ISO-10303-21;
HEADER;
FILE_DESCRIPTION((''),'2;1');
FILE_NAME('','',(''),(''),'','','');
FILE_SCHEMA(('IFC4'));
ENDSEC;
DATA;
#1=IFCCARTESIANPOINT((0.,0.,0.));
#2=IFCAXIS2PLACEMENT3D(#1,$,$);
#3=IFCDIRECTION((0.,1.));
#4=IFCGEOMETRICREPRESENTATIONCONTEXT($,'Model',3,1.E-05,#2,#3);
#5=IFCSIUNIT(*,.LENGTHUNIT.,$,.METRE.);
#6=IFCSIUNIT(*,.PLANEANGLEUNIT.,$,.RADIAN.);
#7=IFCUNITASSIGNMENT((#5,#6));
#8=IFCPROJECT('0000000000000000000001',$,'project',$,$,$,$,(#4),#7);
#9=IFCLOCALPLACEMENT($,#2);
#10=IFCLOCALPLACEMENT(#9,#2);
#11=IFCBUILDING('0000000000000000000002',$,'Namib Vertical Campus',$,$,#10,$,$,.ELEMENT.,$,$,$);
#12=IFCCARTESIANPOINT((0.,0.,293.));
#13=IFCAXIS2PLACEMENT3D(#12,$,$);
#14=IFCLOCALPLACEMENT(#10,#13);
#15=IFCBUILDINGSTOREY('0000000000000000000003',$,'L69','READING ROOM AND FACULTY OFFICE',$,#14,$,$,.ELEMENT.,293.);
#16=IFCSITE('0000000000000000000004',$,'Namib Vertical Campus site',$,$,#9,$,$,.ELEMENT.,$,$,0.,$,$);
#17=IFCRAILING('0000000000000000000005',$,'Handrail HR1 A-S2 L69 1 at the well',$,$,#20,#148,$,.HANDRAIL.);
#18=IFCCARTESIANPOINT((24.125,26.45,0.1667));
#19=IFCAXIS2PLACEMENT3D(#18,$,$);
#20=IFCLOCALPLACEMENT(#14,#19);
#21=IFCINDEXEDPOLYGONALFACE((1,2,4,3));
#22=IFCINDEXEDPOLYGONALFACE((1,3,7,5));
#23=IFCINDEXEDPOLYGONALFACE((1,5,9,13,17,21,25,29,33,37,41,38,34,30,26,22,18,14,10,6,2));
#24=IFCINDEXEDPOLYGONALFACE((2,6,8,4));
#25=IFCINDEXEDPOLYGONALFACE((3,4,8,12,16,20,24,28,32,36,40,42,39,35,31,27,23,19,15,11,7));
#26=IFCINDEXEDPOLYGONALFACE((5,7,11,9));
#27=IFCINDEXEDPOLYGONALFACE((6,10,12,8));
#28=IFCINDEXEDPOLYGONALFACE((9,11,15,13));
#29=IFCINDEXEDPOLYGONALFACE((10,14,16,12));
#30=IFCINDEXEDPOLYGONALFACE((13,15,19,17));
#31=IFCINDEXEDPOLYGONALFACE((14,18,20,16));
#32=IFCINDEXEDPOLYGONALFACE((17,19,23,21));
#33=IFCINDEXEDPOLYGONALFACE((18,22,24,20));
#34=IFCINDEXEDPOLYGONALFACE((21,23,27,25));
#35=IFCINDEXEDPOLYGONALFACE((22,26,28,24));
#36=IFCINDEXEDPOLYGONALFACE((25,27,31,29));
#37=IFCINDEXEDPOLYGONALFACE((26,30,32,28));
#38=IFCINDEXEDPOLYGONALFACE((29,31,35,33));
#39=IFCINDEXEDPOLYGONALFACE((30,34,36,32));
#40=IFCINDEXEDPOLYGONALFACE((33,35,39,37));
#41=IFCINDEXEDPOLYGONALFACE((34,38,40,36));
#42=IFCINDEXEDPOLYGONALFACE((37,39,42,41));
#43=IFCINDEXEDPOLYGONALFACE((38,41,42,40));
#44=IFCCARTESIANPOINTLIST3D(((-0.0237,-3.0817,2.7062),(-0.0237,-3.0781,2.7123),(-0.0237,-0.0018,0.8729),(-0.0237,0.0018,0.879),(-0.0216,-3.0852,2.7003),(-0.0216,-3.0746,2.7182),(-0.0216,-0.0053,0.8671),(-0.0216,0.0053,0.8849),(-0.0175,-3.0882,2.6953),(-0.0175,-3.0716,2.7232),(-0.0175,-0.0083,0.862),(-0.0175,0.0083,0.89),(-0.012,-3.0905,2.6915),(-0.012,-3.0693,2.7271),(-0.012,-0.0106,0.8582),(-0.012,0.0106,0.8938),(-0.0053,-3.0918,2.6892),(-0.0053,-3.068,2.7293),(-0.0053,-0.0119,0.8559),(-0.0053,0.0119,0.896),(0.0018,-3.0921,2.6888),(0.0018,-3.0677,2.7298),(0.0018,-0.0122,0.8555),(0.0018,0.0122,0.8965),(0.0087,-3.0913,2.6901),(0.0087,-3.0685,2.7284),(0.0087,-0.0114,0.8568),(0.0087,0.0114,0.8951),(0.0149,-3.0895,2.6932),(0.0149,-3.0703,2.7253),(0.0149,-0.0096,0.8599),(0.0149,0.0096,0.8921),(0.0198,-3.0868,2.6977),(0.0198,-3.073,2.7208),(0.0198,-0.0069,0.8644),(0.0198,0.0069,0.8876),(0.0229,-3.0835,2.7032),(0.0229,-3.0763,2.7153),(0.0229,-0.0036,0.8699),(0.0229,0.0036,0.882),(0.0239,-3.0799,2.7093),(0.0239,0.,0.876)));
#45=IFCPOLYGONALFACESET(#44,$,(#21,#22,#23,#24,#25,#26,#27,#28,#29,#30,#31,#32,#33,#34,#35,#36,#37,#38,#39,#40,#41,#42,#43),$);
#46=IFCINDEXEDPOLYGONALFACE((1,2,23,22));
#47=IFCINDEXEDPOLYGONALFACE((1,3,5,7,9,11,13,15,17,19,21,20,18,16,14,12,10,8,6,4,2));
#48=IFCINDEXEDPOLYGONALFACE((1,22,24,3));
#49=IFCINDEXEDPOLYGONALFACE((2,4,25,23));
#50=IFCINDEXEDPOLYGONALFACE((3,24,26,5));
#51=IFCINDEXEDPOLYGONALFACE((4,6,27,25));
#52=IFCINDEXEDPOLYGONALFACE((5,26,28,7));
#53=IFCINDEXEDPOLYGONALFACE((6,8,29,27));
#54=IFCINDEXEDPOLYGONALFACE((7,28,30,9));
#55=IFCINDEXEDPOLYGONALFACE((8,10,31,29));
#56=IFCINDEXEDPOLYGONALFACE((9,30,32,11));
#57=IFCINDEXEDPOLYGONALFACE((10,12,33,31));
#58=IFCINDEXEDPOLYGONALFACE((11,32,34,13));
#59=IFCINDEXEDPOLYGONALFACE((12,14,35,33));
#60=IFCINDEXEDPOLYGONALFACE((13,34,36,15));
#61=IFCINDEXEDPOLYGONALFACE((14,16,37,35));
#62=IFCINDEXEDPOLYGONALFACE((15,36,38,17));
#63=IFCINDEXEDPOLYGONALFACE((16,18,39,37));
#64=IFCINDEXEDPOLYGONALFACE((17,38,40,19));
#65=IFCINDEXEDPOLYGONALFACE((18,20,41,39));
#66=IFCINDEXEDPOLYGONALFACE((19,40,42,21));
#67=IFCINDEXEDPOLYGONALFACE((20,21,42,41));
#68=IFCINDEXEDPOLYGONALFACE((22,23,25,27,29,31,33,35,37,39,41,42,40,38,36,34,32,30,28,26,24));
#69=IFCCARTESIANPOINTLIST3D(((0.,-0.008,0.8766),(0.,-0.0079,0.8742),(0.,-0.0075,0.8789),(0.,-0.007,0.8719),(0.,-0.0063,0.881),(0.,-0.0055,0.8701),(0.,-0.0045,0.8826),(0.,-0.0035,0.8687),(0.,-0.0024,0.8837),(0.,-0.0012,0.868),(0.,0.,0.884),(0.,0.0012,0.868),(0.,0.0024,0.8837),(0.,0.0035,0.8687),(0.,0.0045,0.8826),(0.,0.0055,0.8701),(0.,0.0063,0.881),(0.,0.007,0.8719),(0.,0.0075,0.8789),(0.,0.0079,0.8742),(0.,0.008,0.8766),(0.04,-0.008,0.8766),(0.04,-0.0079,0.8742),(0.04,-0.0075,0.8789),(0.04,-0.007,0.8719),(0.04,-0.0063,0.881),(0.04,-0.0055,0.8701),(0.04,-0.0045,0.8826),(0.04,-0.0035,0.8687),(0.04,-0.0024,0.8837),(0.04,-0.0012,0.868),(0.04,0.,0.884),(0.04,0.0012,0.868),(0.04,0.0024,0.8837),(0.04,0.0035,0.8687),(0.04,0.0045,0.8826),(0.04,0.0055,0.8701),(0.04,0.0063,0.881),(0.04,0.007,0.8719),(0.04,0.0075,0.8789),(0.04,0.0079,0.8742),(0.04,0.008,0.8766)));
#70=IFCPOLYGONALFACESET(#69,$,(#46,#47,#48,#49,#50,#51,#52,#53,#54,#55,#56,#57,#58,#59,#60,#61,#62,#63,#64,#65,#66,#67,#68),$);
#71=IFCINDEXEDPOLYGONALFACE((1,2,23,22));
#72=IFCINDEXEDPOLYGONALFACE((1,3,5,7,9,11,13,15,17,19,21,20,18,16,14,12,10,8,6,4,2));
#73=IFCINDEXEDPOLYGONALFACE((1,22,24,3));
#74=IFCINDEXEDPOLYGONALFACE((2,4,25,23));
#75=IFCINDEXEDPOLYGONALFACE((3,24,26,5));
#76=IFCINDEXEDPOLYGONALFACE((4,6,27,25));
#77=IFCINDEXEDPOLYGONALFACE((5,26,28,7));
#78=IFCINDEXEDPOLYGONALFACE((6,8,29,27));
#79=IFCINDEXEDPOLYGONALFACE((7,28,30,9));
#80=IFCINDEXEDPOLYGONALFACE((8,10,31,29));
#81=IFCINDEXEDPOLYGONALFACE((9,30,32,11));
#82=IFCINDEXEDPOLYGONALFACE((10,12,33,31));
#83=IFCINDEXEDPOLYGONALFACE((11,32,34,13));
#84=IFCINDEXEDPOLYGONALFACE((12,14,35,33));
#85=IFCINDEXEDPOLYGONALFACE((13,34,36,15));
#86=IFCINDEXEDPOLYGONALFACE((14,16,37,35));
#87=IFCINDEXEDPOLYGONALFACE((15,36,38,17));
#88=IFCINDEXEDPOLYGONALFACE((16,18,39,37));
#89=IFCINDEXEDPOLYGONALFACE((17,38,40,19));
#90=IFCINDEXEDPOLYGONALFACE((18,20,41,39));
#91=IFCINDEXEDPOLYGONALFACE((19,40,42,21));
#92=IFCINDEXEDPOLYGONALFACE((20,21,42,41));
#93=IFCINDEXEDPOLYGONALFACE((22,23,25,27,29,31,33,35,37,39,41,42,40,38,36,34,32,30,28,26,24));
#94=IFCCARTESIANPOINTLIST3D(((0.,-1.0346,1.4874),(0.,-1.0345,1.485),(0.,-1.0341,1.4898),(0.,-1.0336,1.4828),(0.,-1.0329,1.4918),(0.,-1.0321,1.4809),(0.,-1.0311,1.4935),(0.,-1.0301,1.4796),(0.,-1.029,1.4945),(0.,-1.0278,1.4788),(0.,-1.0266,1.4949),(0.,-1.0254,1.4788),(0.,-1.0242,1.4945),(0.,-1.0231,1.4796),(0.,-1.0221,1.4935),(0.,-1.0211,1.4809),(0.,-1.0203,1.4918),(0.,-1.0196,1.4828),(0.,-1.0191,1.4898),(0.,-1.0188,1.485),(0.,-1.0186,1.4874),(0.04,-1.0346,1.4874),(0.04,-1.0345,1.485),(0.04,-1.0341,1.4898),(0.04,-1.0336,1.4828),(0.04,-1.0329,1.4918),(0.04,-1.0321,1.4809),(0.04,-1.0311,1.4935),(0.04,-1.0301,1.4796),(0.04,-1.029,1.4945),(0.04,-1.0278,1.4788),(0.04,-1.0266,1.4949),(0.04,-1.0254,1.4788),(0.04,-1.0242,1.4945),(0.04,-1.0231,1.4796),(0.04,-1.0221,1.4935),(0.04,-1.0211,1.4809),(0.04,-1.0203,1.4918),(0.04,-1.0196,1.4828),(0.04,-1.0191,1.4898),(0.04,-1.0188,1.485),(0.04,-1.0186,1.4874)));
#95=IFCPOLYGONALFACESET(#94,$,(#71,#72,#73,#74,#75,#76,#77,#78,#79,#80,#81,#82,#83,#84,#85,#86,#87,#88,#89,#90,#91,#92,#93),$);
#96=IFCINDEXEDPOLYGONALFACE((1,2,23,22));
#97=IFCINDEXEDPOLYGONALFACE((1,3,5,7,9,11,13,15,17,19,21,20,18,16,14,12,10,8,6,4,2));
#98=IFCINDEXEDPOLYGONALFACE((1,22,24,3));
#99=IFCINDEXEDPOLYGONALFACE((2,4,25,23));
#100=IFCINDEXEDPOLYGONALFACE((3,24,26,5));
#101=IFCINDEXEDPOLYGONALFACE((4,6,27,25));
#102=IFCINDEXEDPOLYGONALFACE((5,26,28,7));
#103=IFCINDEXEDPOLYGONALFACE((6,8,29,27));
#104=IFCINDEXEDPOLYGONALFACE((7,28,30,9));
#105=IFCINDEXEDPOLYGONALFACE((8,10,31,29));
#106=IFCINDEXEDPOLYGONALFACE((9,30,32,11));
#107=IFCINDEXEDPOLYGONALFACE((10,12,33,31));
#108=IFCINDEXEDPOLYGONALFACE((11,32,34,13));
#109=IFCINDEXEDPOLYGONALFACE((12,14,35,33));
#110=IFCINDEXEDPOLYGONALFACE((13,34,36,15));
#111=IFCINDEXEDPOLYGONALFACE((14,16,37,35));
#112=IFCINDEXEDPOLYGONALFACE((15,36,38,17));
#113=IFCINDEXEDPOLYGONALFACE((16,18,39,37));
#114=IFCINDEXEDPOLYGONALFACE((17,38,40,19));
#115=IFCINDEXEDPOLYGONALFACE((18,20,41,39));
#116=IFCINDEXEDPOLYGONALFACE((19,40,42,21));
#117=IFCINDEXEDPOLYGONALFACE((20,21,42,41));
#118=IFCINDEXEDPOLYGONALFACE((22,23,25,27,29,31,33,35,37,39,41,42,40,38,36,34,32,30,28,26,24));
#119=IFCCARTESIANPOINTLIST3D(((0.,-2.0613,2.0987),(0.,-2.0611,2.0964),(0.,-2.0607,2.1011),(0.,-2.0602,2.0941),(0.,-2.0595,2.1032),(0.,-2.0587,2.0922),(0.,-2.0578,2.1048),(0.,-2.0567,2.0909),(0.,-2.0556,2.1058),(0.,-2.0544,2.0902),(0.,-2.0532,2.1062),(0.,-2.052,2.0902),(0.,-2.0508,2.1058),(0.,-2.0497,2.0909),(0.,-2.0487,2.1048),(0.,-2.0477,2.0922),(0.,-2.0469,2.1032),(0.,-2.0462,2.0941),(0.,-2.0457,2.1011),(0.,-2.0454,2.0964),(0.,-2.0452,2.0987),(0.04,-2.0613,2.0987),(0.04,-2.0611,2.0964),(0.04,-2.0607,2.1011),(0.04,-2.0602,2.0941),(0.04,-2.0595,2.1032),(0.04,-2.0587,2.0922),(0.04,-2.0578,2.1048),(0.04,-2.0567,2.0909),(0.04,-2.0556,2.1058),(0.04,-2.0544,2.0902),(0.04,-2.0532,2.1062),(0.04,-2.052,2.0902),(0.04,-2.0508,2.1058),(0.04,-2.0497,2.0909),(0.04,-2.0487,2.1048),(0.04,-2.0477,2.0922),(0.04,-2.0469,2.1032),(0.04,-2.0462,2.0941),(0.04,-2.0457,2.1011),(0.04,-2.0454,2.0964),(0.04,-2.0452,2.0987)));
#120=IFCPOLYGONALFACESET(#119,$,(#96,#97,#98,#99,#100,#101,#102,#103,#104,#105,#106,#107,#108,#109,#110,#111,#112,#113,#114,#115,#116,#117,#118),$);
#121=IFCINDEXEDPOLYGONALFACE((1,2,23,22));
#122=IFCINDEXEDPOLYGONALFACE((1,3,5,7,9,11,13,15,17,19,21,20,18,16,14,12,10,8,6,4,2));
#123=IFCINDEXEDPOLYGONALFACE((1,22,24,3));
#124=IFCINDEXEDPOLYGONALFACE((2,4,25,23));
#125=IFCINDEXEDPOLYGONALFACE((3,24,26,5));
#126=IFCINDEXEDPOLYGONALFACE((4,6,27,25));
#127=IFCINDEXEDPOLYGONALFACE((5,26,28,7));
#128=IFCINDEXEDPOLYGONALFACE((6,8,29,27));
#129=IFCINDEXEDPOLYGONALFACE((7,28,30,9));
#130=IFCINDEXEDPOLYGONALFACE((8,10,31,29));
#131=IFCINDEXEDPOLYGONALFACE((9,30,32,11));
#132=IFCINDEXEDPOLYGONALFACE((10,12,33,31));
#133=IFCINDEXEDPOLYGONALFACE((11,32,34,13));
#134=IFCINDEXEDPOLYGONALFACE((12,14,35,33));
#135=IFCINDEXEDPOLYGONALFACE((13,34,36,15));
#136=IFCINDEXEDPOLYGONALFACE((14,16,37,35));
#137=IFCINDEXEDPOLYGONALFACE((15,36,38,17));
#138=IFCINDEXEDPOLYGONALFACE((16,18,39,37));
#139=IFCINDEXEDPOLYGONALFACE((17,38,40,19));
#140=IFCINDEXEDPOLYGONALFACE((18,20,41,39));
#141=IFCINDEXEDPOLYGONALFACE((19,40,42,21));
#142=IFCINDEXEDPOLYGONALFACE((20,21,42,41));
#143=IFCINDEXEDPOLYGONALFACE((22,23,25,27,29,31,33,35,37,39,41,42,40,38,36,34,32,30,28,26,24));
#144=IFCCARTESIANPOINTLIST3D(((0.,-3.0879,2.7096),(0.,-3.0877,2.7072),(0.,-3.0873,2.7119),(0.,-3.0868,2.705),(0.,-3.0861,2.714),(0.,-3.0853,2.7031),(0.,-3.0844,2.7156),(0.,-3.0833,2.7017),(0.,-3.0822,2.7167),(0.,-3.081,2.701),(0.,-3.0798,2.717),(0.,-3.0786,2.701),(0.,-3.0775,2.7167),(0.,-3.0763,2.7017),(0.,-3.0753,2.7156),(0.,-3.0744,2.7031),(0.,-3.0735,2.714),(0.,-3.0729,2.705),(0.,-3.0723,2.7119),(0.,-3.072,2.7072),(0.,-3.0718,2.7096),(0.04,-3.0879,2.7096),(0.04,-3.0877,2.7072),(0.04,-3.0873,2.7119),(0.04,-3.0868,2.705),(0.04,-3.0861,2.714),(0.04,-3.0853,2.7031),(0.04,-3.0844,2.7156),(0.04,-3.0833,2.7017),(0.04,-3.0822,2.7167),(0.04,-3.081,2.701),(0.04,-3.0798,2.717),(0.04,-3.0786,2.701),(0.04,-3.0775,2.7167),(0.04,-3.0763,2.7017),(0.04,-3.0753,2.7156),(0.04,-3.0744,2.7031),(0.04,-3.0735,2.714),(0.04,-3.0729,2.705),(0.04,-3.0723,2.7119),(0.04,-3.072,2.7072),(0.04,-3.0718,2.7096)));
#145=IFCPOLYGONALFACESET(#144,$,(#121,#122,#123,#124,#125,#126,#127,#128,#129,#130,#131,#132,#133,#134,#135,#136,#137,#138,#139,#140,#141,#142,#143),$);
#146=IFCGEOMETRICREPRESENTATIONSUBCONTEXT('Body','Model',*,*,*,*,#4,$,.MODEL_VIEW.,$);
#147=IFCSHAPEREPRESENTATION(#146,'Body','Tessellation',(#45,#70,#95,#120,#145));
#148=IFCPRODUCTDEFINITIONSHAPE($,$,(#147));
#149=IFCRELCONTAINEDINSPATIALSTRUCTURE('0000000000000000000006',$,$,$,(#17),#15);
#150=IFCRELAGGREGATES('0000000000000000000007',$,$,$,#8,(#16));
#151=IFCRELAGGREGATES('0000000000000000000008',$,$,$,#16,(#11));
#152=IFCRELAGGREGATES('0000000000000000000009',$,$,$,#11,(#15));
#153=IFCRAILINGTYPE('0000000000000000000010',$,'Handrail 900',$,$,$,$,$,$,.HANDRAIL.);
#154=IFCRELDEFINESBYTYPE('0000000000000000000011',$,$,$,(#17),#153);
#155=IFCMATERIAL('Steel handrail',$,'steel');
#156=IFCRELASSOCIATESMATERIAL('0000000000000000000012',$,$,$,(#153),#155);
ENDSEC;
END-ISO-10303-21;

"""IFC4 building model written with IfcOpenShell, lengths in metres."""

from ifc_helpers import new_model, si_unit, direction, frame, origin, origin_2d, place, context, subcontext, project, spatial, circle, extrude, material, type_object, element, save


model = new_model("IFC4")

# Units and contexts
model_context = context("Model", 3, precision=1e-05, world=origin(), true_north=direction((0.0, 1.0)))
body_context = subcontext(model_context, "Body", "Model", "MODEL_VIEW")
ifc_project = project(units=[si_unit("LENGTHUNIT", "METRE"), si_unit("PLANEANGLEUNIT", "RADIAN")], contexts=[model_context])

# Site, building, storey
site_placement = place(None, origin())
site = spatial("IfcSite", under=ifc_project, at=site_placement, Name="Namib Vertical Campus site", CompositionType="ELEMENT", RefElevation=0.0)
building_placement = place(site_placement, origin())
building = spatial("IfcBuilding", under=site, at=building_placement, Name="Namib Vertical Campus", CompositionType="ELEMENT")
storey_placement = place(building_placement, frame((0.0, 0.0, 293.0)))
storey = spatial("IfcBuildingStorey", under=building, at=storey_placement, Name="L69", Description="READING ROOM AND FACULTY OFFICE", CompositionType="ELEMENT", Elevation=293.0)

# Railing
ifc_material_1 = material(Name="Steel handrail", Category="steel")
railing_type_1 = type_object("IfcRailingType", Name="Handrail 900", PredefinedType="HANDRAIL", material=ifc_material_1)
railing_1_placement = place(storey_placement, frame((24.125, 26.45, 0.1667)))
element("IfcRailing", 1, at=railing_1_placement, inside=storey, type_object=railing_type_1, Name="Handrail HR1 A-S2 L69 1 at the well", PredefinedType="HANDRAIL", context=body_context, shape_type="SweptSolid", body=[
    extrude(circle(Radius=0.0239, at=origin_2d()), frame((0.0, 0.0, 0.876), z_axis=(0.0, -0.859291, 0.511487), x_axis=(1.0, 0.0, 0.0)), (0.0, 0.0, 1.0), 3.5842),
    extrude(circle(Radius=0.0081, at=origin_2d()), frame((0.0, 0.0, 0.876), z_axis=(1.0, 0.0, 0.0), x_axis=(0.0, 0.0, 1.0)), (0.0, 0.0, 1.0), 0.04),
    extrude(circle(Radius=0.0081, at=origin_2d()), frame((0.0, -1.0266, 1.4868), z_axis=(1.0, 0.0, 0.0), x_axis=(0.0, 0.0, 1.0)), (0.0, 0.0, 1.0), 0.04),
    extrude(circle(Radius=0.0081, at=origin_2d()), frame((0.0, -2.0532, 2.0981), z_axis=(1.0, 0.0, 0.0), x_axis=(0.0, 0.0, 1.0)), (0.0, 0.0, 1.0), 0.04),
    extrude(circle(Radius=0.0081, at=origin_2d()), frame((0.0, -3.0798, 2.709), z_axis=(1.0, 0.0, 0.0), x_axis=(0.0, 0.0, 1.0)), (0.0, 0.0, 1.0), 0.04),
])

save(model, "model.ifc")
